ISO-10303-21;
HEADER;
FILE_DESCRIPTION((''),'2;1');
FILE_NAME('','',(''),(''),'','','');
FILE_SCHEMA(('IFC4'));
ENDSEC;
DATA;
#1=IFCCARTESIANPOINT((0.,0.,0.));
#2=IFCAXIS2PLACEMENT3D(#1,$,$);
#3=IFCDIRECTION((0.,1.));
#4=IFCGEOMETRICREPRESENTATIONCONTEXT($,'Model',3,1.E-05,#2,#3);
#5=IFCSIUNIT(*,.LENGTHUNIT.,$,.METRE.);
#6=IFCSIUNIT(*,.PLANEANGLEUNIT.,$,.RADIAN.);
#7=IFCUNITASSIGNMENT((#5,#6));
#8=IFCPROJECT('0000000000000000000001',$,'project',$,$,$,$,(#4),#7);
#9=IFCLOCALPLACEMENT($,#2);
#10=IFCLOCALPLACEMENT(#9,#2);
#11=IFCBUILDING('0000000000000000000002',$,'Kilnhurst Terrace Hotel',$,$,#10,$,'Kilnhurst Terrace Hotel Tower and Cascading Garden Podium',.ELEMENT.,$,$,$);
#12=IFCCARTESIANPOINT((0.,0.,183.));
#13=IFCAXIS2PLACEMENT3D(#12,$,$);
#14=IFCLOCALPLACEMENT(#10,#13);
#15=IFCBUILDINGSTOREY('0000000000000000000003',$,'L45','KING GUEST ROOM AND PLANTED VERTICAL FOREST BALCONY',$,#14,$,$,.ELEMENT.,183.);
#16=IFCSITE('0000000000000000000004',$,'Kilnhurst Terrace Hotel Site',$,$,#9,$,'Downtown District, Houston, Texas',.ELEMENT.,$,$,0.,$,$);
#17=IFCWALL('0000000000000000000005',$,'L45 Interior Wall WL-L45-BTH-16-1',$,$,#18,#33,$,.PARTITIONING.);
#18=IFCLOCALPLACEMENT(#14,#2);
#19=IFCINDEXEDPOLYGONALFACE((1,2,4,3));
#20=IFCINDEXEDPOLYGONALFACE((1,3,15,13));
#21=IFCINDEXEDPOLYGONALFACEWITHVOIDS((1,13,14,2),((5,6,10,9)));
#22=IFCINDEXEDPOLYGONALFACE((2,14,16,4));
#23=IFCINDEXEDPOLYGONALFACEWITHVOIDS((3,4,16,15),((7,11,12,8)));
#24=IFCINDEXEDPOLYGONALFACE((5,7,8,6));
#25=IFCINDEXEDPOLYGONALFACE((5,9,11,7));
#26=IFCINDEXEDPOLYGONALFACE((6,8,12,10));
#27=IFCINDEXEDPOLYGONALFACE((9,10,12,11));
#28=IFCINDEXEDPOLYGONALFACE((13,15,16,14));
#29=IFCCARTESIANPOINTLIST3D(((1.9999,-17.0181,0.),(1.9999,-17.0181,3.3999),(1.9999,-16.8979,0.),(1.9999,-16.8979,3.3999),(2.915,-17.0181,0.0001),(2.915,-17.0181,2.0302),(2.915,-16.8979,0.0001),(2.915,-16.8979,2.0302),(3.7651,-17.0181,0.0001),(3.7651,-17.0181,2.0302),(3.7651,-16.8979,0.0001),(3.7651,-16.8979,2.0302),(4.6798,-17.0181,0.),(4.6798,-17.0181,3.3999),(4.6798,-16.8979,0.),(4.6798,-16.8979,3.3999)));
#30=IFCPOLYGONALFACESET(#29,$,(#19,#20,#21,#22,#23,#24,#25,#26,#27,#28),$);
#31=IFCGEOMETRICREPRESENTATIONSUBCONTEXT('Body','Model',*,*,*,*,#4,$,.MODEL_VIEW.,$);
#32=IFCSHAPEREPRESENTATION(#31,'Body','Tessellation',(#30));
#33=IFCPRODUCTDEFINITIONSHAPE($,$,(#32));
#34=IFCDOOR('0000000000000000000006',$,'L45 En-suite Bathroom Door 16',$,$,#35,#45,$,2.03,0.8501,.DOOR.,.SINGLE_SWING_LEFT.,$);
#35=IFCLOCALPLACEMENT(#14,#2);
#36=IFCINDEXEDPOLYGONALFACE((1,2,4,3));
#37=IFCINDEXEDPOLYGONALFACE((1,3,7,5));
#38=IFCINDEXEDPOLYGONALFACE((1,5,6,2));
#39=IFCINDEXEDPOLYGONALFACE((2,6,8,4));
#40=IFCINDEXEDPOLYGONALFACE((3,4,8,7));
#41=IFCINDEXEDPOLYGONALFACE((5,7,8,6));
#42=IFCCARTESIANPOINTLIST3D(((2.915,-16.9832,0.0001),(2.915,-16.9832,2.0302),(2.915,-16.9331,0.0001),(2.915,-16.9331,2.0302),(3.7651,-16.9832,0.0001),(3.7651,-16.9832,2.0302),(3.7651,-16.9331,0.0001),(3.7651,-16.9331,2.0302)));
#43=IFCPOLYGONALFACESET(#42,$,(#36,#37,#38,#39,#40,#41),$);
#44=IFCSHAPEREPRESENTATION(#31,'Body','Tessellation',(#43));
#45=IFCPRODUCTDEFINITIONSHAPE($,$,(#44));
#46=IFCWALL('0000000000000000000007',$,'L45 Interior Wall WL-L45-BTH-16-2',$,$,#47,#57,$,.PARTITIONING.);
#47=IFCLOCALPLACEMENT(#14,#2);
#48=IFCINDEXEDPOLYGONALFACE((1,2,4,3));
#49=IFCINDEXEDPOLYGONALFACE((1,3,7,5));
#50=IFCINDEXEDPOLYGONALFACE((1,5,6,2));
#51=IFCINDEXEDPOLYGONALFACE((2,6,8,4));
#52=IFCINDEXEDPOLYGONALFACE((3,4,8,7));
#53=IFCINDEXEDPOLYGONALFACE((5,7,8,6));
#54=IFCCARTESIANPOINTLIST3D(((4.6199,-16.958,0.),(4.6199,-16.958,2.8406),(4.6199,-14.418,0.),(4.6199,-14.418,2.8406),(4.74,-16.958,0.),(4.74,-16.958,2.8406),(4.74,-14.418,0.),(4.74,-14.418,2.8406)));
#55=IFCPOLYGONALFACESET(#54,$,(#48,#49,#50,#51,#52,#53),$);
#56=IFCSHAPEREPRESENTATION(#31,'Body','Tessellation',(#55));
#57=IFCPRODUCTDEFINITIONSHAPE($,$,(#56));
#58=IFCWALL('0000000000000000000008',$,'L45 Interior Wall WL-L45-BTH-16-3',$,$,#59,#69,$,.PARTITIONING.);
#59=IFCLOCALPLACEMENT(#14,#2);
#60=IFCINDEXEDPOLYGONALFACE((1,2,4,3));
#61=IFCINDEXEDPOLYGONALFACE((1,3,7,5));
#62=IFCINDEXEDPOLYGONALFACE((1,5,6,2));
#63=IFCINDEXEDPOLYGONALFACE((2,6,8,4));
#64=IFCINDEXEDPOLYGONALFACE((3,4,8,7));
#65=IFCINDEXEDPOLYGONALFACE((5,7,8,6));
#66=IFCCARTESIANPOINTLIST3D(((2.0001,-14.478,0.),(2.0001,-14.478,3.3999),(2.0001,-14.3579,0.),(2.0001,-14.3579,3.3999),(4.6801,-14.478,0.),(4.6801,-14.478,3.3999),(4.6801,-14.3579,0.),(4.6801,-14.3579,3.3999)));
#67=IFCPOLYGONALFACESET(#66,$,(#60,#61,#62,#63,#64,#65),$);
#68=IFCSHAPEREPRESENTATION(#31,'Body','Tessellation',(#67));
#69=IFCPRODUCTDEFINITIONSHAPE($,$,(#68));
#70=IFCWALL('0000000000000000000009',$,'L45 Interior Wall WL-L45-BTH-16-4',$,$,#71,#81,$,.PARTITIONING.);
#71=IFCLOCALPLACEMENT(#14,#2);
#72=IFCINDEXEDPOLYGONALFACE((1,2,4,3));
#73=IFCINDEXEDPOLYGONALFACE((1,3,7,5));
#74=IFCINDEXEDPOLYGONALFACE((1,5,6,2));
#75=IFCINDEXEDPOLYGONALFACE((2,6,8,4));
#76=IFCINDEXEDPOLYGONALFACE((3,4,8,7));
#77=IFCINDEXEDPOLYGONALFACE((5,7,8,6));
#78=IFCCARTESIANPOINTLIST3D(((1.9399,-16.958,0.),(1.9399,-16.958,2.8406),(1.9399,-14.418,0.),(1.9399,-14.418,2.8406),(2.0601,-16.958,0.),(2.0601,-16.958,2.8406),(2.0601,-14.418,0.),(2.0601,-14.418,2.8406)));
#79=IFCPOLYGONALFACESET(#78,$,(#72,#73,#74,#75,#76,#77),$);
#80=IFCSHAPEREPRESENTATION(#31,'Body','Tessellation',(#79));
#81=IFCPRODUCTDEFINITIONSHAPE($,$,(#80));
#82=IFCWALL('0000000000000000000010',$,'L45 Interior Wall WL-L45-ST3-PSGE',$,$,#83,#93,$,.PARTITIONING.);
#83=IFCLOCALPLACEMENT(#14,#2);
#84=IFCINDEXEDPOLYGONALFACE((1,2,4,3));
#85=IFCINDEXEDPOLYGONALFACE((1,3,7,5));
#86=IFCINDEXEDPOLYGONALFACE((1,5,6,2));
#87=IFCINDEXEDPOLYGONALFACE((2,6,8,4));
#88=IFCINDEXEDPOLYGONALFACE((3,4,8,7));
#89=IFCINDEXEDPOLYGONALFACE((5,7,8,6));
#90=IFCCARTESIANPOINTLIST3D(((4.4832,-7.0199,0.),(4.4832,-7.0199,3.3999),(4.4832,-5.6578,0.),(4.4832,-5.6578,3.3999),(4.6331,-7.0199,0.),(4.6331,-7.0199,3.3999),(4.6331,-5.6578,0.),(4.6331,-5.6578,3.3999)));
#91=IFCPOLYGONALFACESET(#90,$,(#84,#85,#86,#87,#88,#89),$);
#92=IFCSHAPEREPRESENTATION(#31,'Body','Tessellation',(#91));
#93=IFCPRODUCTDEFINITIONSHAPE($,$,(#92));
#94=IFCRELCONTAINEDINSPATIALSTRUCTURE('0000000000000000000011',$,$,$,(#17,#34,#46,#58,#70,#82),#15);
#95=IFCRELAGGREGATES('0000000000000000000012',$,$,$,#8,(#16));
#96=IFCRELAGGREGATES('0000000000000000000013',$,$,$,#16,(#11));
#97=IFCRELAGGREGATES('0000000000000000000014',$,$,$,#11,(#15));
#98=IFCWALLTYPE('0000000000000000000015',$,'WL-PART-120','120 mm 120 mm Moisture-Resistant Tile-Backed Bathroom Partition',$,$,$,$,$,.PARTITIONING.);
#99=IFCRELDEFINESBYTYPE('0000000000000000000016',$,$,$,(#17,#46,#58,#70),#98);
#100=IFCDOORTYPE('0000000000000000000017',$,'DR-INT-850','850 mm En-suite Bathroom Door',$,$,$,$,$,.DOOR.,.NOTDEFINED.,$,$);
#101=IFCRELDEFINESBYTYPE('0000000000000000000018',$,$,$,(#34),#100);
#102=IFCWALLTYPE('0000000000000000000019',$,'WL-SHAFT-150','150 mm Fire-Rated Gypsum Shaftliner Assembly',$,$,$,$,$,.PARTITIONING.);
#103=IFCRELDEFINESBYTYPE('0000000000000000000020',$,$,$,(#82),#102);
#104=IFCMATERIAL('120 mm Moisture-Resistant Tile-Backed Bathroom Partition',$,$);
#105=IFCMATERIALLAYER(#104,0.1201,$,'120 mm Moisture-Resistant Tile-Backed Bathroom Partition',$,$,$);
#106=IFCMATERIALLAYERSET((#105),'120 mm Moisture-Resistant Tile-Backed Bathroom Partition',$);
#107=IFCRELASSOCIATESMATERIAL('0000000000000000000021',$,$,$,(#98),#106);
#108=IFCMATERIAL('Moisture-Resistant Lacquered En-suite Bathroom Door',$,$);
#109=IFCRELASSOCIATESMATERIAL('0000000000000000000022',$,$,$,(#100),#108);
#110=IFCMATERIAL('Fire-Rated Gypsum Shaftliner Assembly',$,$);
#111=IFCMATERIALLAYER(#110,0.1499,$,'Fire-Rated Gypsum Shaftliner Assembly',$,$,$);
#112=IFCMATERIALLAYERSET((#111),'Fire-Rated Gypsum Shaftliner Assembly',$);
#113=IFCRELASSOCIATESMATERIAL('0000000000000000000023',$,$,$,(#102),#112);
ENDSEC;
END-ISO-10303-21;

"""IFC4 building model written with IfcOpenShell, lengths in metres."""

from ifc_helpers import new_model, si_unit, direction, frame, frame_2d, origin, place, context, subcontext, project, spatial, rectangle, extrude, material, layer, layer_set, type_object, element, fill, save


model = new_model("IFC4")

# Units and contexts
model_context = context("Model", 3, precision=1e-05, world=origin(), true_north=direction((0.0, 1.0)))
body_context = subcontext(model_context, "Body", "Model", "MODEL_VIEW")
ifc_project = project(units=[si_unit("LENGTHUNIT", "METRE"), si_unit("PLANEANGLEUNIT", "RADIAN")], contexts=[model_context])

# Site, building, storey
site_placement = place(None, origin())
site = spatial("IfcSite", under=ifc_project, at=site_placement, Name="Kilnhurst Terrace Hotel Site", LongName="Downtown District, Houston, Texas", CompositionType="ELEMENT", RefElevation=0.0)
building_placement = place(site_placement, origin())
building = spatial("IfcBuilding", under=site, at=building_placement, Name="Kilnhurst Terrace Hotel", LongName="Kilnhurst Terrace Hotel Tower and Cascading Garden Podium", CompositionType="ELEMENT")
storey_placement = place(building_placement, frame((0.0, 0.0, 183.0)))
storey = spatial("IfcBuildingStorey", under=building, at=storey_placement, Name="L45", Description="KING GUEST ROOM AND PLANTED VERTICAL FOREST BALCONY", CompositionType="ELEMENT", Elevation=183.0)

# Wall, opening, door
ifc_material_1 = material(Name="120 mm Moisture-Resistant Tile-Backed Bathroom Partition")
ifc_layer_1 = layer(ifc_material_1, 0.1201, Name="120 mm Moisture-Resistant Tile-Backed Bathroom Partition")
ifc_layer_set_1 = layer_set([ifc_layer_1], Name="120 mm Moisture-Resistant Tile-Backed Bathroom Partition")
wall_type_1 = type_object("IfcWallType", Name="WL-PART-120", Description="120 mm 120 mm Moisture-Resistant Tile-Backed Bathroom Partition", PredefinedType="PARTITIONING", material=ifc_layer_set_1)
wall_1_placement = place(storey_placement, frame((2.0, -16.958, 0.0), z_axis=(0.0, 0.0, 1.0), x_axis=(1.0, 0.0, 0.0)))
wall_1 = element("IfcWall", 1, at=wall_1_placement, inside=storey, type_object=wall_type_1, Name="L45 Interior Wall WL-L45-BTH-16-1", PredefinedType="PARTITIONING", context=body_context, shape_type="SweptSolid", body=[
    extrude(rectangle(XDim=2.6799, YDim=0.1201, at=frame_2d((1.3398, 0.0))), origin(), (0.0, 0.0, 1.0), 3.3999),
])
opening_placement = place(wall_1_placement, frame((0.915, 0.0, 0.0)))
opening = element("IfcOpeningElement", 2, at=opening_placement, cuts=wall_1, PredefinedType="OPENING", context=body_context, shape_type="SweptSolid", body=[
    extrude(rectangle(XDim=0.8501, YDim=2.03, at=frame_2d((0.425, 1.0151))), frame((0.0, 0.0701, 0.0), z_axis=(0.0, -1.0, 0.0), x_axis=(1.0, 0.0, 0.0)), (0.0, 0.0, 1.0), 0.1401),
])
ifc_material_2 = material(Name="Moisture-Resistant Lacquered En-suite Bathroom Door")
door_type = type_object("IfcDoorType", Name="DR-INT-850", Description="850 mm En-suite Bathroom Door", OperationType="NOTDEFINED", PredefinedType="DOOR", material=ifc_material_2)
door_placement = place(opening_placement, origin())
door = element("IfcDoor", 3, at=door_placement, inside=storey, type_object=door_type, Name="L45 En-suite Bathroom Door 16", OperationType="SINGLE_SWING_LEFT", OverallHeight=2.03, OverallWidth=0.8501, PredefinedType="DOOR", context=body_context, shape_type="SweptSolid", body=[
    extrude(rectangle(XDim=0.8501, YDim=2.03, at=frame_2d((0.425, 1.0151))), frame((0.0, 0.0249, 0.0), z_axis=(0.0, -1.0, 0.0), x_axis=(1.0, 0.0, 0.0)), (0.0, 0.0, 1.0), 0.05),
])
fill(opening, door)

# Walls
wall_2_placement = place(storey_placement, frame((4.6799, -16.958, 0.0), z_axis=(0.0, 0.0, 1.0), x_axis=(0.0, 1.0, 0.0)))
element("IfcWall", 4, at=wall_2_placement, inside=storey, type_object=wall_type_1, Name="L45 Interior Wall WL-L45-BTH-16-2", PredefinedType="PARTITIONING", context=body_context, shape_type="SweptSolid", body=[
    extrude(rectangle(XDim=2.54, YDim=0.1201, at=frame_2d((1.27, 0.0))), origin(), (0.0, 0.0, 1.0), 2.8406),
])
wall_3_placement = place(storey_placement, frame((4.6799, -14.418, 0.0), z_axis=(0.0, 0.0, 1.0), x_axis=(-1.0, 0.0, 0.0)))
element("IfcWall", 5, at=wall_3_placement, inside=storey, type_object=wall_type_1, Name="L45 Interior Wall WL-L45-BTH-16-3", PredefinedType="PARTITIONING", context=body_context, shape_type="SweptSolid", body=[
    extrude(rectangle(XDim=2.6799, YDim=0.1201, at=frame_2d((1.3398, 0.0))), origin(), (0.0, 0.0, 1.0), 3.3999),
])
wall_4_placement = place(storey_placement, frame((2.0, -14.418, 0.0), z_axis=(0.0, 0.0, 1.0), x_axis=(0.0, -1.0, 0.0)))
element("IfcWall", 6, at=wall_4_placement, inside=storey, type_object=wall_type_1, Name="L45 Interior Wall WL-L45-BTH-16-4", PredefinedType="PARTITIONING", context=body_context, shape_type="SweptSolid", body=[
    extrude(rectangle(XDim=2.54, YDim=0.1201, at=frame_2d((1.27, 0.0))), origin(), (0.0, 0.0, 1.0), 2.8406),
])
ifc_material_3 = material(Name="Fire-Rated Gypsum Shaftliner Assembly")
ifc_layer_2 = layer(ifc_material_3, 0.1499, Name="Fire-Rated Gypsum Shaftliner Assembly")
ifc_layer_set_2 = layer_set([ifc_layer_2], Name="Fire-Rated Gypsum Shaftliner Assembly")
wall_type_2 = type_object("IfcWallType", Name="WL-SHAFT-150", Description="150 mm Fire-Rated Gypsum Shaftliner Assembly", PredefinedType="PARTITIONING", material=ifc_layer_set_2)
wall_5_placement = place(storey_placement, frame((4.5581, -7.02, 0.0), z_axis=(0.0, 0.0, 1.0), x_axis=(0.0, 1.0, 0.0)))
element("IfcWall", 7, at=wall_5_placement, inside=storey, type_object=wall_type_2, Name="L45 Interior Wall WL-L45-ST3-PSGE", PredefinedType="PARTITIONING", context=body_context, shape_type="SweptSolid", body=[
    extrude(rectangle(XDim=1.3621, YDim=0.1499, at=frame_2d((0.6812, 0.0))), origin(), (0.0, 0.0, 1.0), 3.3999),
])

save(model, "model.ifc")
